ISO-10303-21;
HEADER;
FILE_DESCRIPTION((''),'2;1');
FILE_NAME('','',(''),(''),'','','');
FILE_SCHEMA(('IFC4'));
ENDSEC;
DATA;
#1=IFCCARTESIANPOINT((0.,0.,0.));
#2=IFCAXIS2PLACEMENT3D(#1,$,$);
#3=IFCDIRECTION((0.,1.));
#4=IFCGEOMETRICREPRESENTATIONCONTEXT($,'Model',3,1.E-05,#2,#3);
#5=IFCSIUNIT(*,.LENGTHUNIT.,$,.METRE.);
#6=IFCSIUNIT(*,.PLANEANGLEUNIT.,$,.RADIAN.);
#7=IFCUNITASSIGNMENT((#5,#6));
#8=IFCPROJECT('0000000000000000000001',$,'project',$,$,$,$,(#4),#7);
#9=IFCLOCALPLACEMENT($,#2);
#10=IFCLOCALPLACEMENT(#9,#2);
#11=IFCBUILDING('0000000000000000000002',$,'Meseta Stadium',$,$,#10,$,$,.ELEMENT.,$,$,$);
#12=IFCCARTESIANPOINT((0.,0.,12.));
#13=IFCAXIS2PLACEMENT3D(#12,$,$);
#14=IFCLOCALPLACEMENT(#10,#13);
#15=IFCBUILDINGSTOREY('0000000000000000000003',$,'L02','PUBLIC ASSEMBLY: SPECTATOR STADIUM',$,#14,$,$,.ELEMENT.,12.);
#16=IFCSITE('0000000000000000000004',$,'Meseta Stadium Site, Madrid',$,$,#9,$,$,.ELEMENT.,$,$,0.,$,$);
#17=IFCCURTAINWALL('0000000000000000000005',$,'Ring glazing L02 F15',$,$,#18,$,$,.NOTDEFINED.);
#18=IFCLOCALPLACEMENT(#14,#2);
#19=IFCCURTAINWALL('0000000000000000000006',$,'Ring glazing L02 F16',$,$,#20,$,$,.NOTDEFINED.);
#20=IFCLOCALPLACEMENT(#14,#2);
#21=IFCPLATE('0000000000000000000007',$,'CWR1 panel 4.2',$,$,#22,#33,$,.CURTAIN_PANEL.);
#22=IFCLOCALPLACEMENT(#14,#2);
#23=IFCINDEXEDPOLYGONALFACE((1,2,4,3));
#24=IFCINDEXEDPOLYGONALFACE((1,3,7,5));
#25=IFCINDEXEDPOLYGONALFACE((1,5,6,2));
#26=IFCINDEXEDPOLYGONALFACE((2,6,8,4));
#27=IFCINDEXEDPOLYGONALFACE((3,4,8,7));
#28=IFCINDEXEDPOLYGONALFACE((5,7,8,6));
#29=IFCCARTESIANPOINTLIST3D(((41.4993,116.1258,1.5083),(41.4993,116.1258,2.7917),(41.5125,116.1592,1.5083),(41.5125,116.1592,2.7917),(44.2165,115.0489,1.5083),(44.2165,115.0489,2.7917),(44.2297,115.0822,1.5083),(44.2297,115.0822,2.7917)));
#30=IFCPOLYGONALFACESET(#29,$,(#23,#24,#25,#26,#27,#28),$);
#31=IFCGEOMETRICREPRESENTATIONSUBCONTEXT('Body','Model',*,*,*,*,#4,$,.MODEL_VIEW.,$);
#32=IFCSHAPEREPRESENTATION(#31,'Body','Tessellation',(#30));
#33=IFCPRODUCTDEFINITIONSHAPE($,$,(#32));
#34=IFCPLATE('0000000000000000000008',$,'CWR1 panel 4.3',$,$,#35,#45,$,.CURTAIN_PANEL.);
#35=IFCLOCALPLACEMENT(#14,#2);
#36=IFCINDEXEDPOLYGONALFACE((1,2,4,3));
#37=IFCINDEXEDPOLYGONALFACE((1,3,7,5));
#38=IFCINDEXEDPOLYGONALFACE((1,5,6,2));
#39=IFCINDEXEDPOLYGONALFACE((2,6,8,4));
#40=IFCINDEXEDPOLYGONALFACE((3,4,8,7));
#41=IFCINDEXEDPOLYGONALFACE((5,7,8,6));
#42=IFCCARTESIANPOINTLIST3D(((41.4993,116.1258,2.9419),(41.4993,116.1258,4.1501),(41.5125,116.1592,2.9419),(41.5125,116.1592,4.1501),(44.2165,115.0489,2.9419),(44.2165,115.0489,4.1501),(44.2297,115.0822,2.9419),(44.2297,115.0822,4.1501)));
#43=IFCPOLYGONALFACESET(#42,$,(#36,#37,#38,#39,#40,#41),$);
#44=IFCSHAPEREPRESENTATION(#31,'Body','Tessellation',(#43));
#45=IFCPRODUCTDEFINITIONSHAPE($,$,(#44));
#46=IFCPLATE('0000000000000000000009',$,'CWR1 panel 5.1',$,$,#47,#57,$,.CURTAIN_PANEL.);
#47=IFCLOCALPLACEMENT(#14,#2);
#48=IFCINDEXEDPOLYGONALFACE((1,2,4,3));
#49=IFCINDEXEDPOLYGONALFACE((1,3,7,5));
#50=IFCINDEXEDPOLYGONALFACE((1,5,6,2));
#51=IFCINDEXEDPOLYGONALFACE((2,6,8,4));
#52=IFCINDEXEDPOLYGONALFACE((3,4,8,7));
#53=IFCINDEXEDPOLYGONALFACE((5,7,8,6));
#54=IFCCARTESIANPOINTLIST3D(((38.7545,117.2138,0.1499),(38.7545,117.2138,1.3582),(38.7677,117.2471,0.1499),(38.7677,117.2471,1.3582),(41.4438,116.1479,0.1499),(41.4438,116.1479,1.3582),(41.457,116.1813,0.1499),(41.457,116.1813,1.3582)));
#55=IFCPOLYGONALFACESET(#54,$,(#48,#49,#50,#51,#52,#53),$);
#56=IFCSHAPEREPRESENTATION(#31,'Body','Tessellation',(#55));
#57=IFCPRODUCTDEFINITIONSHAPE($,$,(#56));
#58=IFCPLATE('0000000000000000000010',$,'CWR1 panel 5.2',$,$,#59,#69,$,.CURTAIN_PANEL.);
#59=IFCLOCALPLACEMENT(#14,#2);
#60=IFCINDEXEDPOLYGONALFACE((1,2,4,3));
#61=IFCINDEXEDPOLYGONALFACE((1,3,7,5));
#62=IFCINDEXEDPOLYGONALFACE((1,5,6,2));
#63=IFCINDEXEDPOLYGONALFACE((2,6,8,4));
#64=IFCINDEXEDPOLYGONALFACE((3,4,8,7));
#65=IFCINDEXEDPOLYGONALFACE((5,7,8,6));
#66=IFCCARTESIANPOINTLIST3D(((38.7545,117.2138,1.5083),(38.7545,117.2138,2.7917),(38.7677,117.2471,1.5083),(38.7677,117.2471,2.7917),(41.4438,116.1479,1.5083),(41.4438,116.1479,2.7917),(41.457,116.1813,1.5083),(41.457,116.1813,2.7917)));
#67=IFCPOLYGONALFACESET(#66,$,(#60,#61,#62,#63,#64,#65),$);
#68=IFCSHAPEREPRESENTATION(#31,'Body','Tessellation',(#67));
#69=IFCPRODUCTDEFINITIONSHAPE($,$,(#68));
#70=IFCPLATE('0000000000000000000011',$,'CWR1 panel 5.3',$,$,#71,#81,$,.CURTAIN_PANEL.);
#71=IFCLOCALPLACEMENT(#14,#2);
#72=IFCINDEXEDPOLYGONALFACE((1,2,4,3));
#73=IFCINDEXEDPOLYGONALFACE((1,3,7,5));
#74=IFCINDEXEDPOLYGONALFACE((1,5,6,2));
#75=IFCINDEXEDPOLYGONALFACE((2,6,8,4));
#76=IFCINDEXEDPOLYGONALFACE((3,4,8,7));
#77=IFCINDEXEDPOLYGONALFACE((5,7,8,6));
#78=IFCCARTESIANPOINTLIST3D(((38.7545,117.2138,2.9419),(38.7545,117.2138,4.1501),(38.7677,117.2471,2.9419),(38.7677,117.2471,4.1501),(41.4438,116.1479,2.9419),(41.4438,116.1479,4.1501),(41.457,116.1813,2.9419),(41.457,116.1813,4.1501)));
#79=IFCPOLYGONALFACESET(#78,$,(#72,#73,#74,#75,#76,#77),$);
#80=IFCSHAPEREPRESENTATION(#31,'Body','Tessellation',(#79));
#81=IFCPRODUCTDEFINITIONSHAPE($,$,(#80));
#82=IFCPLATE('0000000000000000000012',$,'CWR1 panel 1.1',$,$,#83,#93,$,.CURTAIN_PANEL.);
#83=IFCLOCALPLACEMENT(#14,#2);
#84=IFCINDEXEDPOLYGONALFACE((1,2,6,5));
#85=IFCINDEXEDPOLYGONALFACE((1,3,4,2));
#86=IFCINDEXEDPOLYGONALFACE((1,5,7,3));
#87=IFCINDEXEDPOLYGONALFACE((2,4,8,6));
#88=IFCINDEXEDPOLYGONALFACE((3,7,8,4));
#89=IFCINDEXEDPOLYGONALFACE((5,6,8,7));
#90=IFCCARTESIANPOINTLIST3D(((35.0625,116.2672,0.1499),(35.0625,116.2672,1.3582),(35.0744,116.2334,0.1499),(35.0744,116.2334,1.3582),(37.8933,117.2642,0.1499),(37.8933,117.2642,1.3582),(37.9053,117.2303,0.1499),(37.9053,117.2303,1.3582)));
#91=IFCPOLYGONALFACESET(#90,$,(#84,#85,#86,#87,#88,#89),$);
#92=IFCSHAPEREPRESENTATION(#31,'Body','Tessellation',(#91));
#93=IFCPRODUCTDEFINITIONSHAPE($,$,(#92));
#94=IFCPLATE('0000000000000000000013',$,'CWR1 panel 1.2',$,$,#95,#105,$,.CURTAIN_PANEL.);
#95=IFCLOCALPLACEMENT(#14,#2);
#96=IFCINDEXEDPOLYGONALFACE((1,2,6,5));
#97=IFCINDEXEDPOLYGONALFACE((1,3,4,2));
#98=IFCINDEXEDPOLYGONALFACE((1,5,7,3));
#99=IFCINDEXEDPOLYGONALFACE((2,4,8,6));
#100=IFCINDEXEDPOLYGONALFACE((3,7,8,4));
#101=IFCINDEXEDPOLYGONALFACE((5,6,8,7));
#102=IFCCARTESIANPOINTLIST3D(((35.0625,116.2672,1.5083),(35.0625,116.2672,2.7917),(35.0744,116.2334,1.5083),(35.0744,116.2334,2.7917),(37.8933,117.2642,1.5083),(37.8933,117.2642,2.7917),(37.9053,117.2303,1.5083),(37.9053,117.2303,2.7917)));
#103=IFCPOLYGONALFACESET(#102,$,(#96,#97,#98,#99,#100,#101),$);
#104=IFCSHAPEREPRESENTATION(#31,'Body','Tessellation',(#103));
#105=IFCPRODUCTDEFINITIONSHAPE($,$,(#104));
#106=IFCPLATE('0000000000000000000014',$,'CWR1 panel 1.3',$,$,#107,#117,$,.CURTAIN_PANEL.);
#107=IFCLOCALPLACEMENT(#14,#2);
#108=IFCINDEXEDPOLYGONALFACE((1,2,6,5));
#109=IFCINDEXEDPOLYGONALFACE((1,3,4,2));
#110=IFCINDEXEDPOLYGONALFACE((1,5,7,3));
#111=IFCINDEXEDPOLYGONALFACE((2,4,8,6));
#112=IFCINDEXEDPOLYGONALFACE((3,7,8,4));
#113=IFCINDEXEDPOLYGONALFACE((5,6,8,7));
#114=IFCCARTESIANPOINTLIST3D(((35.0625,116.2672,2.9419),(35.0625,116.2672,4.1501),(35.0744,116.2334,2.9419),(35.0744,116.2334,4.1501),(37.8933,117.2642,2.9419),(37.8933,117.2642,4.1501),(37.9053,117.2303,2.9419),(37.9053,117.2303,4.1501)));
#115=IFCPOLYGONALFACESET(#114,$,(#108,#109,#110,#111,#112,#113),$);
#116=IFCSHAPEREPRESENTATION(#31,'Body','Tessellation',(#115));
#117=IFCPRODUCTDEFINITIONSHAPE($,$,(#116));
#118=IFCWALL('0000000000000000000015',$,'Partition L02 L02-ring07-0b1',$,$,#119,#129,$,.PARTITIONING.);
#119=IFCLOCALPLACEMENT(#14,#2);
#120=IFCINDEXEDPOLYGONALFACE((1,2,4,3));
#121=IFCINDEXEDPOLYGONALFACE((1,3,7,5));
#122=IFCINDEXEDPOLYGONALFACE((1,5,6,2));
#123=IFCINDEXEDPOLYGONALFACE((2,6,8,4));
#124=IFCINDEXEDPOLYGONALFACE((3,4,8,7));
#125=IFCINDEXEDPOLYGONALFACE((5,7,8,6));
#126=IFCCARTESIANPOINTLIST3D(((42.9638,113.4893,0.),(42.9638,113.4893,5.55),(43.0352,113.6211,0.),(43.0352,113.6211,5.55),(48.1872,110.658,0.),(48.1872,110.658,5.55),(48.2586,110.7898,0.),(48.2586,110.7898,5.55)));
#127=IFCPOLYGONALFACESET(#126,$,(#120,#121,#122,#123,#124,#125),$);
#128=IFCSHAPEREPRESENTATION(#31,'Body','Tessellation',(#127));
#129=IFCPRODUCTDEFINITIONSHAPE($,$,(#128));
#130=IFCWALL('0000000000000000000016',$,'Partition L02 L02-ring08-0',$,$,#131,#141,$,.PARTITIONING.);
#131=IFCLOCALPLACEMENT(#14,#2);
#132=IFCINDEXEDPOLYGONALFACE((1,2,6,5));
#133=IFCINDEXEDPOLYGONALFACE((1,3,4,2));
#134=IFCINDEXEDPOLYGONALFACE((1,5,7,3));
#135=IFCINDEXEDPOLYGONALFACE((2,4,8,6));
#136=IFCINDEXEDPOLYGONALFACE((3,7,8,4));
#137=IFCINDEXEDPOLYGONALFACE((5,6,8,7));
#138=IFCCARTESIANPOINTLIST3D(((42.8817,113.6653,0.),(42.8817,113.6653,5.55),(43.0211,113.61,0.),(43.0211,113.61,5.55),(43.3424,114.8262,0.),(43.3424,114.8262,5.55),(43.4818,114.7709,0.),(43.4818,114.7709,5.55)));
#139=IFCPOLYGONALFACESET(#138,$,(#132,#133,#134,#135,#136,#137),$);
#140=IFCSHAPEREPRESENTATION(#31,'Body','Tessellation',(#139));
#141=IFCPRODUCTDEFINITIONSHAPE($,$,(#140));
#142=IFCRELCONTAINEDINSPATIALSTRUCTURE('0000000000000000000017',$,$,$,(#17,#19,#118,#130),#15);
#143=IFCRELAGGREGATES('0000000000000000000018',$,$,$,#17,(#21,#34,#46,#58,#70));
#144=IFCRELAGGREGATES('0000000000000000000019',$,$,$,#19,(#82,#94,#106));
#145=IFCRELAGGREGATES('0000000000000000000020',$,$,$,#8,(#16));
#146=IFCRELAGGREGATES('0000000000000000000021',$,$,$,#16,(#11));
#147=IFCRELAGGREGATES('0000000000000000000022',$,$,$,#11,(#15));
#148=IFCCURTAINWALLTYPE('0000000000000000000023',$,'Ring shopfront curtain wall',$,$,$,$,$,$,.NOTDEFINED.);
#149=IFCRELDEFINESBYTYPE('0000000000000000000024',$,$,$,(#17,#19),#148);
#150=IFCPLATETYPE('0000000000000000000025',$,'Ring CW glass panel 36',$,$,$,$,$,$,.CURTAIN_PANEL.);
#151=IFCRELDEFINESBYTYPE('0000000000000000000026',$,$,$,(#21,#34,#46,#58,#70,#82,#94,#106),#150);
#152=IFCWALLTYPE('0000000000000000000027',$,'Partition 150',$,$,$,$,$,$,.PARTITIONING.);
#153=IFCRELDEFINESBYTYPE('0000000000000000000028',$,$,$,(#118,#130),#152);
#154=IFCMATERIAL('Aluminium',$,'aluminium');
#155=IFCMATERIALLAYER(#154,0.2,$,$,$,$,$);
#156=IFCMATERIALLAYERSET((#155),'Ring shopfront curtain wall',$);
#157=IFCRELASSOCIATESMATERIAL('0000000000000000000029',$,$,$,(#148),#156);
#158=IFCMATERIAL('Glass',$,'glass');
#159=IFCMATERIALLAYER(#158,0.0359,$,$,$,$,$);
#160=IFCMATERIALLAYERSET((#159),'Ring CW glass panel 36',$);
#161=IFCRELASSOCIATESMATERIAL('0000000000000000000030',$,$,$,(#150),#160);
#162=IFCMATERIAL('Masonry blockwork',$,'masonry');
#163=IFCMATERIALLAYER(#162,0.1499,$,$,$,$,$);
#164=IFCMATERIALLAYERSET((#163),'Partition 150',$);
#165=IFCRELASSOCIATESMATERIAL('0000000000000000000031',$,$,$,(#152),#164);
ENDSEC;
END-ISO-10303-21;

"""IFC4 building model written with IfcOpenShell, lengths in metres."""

from ifc_helpers import new_model, si_unit, direction, frame, frame_2d, origin, origin_2d, place, context, subcontext, project, spatial, rectangle, extrude, material, layer, layer_set, type_object, element, aggregate, save


model = new_model("IFC4")

# Units and contexts
model_context = context("Model", 3, precision=1e-05, world=origin(), true_north=direction((0.0, 1.0)))
body_context = subcontext(model_context, "Body", "Model", "MODEL_VIEW")
ifc_project = project(units=[si_unit("LENGTHUNIT", "METRE"), si_unit("PLANEANGLEUNIT", "RADIAN")], contexts=[model_context])

# Site, building, storey
site_placement = place(None, origin())
site = spatial("IfcSite", under=ifc_project, at=site_placement, Name="Meseta Stadium Site, Madrid", CompositionType="ELEMENT", RefElevation=0.0)
building_placement = place(site_placement, origin())
building = spatial("IfcBuilding", under=site, at=building_placement, Name="Meseta Stadium", CompositionType="ELEMENT")
storey_placement = place(building_placement, frame((0.0, 0.0, 12.0)))
storey = spatial("IfcBuildingStorey", under=building, at=storey_placement, Name="L02", Description="PUBLIC ASSEMBLY: SPECTATOR STADIUM", CompositionType="ELEMENT", Elevation=12.0)

# Curtain walls
ifc_material_1 = material(Name="Aluminium", Category="aluminium")
ifc_layer_1 = layer(ifc_material_1, 0.2)
ifc_layer_set_1 = layer_set([ifc_layer_1], Name="Ring shopfront curtain wall")
curtain_wall_type = type_object("IfcCurtainWallType", Name="Ring shopfront curtain wall", PredefinedType="NOTDEFINED", material=ifc_layer_set_1)
curtain_wall_1_placement = place(storey_placement, origin())
curtain_wall_1 = element("IfcCurtainWall", 1, at=curtain_wall_1_placement, inside=storey, type_object=curtain_wall_type, Name="Ring glazing L02 F15", PredefinedType="NOTDEFINED")
curtain_wall_2_placement = place(storey_placement, origin())
curtain_wall_2 = element("IfcCurtainWall", 2, at=curtain_wall_2_placement, inside=storey, type_object=curtain_wall_type, Name="Ring glazing L02 F16", PredefinedType="NOTDEFINED")

# Plates
ifc_material_2 = material(Name="Glass", Category="glass")
ifc_layer_2 = layer(ifc_material_2, 0.0359)
ifc_layer_set_2 = layer_set([ifc_layer_2], Name="Ring CW glass panel 36")
plate_type = type_object("IfcPlateType", Name="Ring CW glass panel 36", PredefinedType="CURTAIN_PANEL", material=ifc_layer_set_2)
plate_1_placement = place(storey_placement, frame((42.8645, 115.604, 1.5083), z_axis=(0.0, 0.0, 1.0), x_axis=(-0.929646, 0.368454, 0.0)))
plate_1 = element("IfcPlate", 3, at=plate_1_placement, type_object=plate_type, Name="CWR1 panel 4.2", PredefinedType="CURTAIN_PANEL", context=body_context, shape_type="SweptSolid", body=[
    extrude(rectangle(XDim=2.9229, YDim=0.0359, at=origin_2d()), origin(), (0.0, 0.0, 1.0), 1.2834),
])
plate_2_placement = place(storey_placement, frame((42.8645, 115.604, 2.9419), z_axis=(0.0, 0.0, 1.0), x_axis=(-0.929646, 0.368454, 0.0)))
plate_2 = element("IfcPlate", 4, at=plate_2_placement, type_object=plate_type, Name="CWR1 panel 4.3", PredefinedType="CURTAIN_PANEL", context=body_context, shape_type="SweptSolid", body=[
    extrude(rectangle(XDim=2.9229, YDim=0.0359, at=origin_2d()), origin(), (0.0, 0.0, 1.0), 1.2083),
])
plate_3_placement = place(storey_placement, frame((40.1057, 116.6975, 0.1499), z_axis=(0.0, 0.0, 1.0), x_axis=(-0.929646, 0.368454, 0.0)))
plate_3 = element("IfcPlate", 5, at=plate_3_placement, type_object=plate_type, Name="CWR1 panel 5.1", PredefinedType="CURTAIN_PANEL", context=body_context, shape_type="SweptSolid", body=[
    extrude(rectangle(XDim=2.8928, YDim=0.0359, at=origin_2d()), origin(), (0.0, 0.0, 1.0), 1.2083),
])
plate_4_placement = place(storey_placement, frame((40.1057, 116.6975, 1.5083), z_axis=(0.0, 0.0, 1.0), x_axis=(-0.929646, 0.368454, 0.0)))
plate_4 = element("IfcPlate", 6, at=plate_4_placement, type_object=plate_type, Name="CWR1 panel 5.2", PredefinedType="CURTAIN_PANEL", context=body_context, shape_type="SweptSolid", body=[
    extrude(rectangle(XDim=2.8928, YDim=0.0359, at=origin_2d()), origin(), (0.0, 0.0, 1.0), 1.2834),
])
plate_5_placement = place(storey_placement, frame((40.1057, 116.6975, 2.9419), z_axis=(0.0, 0.0, 1.0), x_axis=(-0.929646, 0.368454, 0.0)))
plate_5 = element("IfcPlate", 7, at=plate_5_placement, type_object=plate_type, Name="CWR1 panel 5.3", PredefinedType="CURTAIN_PANEL", context=body_context, shape_type="SweptSolid", body=[
    extrude(rectangle(XDim=2.8928, YDim=0.0359, at=origin_2d()), origin(), (0.0, 0.0, 1.0), 1.2083),
])
aggregate(curtain_wall_1, [plate_1, plate_2, plate_3, plate_4, plate_5])
plate_6_placement = place(storey_placement, frame((36.4839, 116.7488, 0.1499), z_axis=(0.0, 0.0, 1.0), x_axis=(-0.943218, -0.332174, 0.0)))
plate_6 = element("IfcPlate", 8, at=plate_6_placement, type_object=plate_type, Name="CWR1 panel 1.1", PredefinedType="CURTAIN_PANEL", context=body_context, shape_type="SweptSolid", body=[
    extrude(rectangle(XDim=3.0012, YDim=0.0359, at=origin_2d()), origin(), (0.0, 0.0, 1.0), 1.2083),
])
plate_7_placement = place(storey_placement, frame((36.4839, 116.7488, 1.5083), z_axis=(0.0, 0.0, 1.0), x_axis=(-0.943218, -0.332174, 0.0)))
plate_7 = element("IfcPlate", 9, at=plate_7_placement, type_object=plate_type, Name="CWR1 panel 1.2", PredefinedType="CURTAIN_PANEL", context=body_context, shape_type="SweptSolid", body=[
    extrude(rectangle(XDim=3.0012, YDim=0.0359, at=origin_2d()), origin(), (0.0, 0.0, 1.0), 1.2834),
])
plate_8_placement = place(storey_placement, frame((36.4839, 116.7488, 2.9419), z_axis=(0.0, 0.0, 1.0), x_axis=(-0.943218, -0.332174, 0.0)))
plate_8 = element("IfcPlate", 10, at=plate_8_placement, type_object=plate_type, Name="CWR1 panel 1.3", PredefinedType="CURTAIN_PANEL", context=body_context, shape_type="SweptSolid", body=[
    extrude(rectangle(XDim=3.0012, YDim=0.0359, at=origin_2d()), origin(), (0.0, 0.0, 1.0), 1.2083),
])
aggregate(curtain_wall_2, [plate_6, plate_7, plate_8])

# Walls
ifc_material_3 = material(Name="Masonry blockwork", Category="masonry")
ifc_layer_3 = layer(ifc_material_3, 0.1499)
ifc_layer_set_3 = layer_set([ifc_layer_3], Name="Partition 150")
wall_type = type_object("IfcWallType", Name="Partition 150", PredefinedType="PARTITIONING", material=ifc_layer_set_3)
wall_1_placement = place(storey_placement, frame((42.9995, 113.5552, 0.0), z_axis=(0.0, 0.0, 1.0), x_axis=(0.879154, -0.476539, 0.0)))
element("IfcWall", 11, at=wall_1_placement, inside=storey, type_object=wall_type, Name="Partition L02 L02-ring07-0b1", PredefinedType="PARTITIONING", context=body_context, shape_type="SweptSolid", body=[
    extrude(rectangle(XDim=5.9414, YDim=0.1499, at=frame_2d((2.9707, 0.0))), origin(), (0.0, 0.0, 1.0), 5.55),
])
wall_2_placement = place(storey_placement, frame((43.4121, 114.7986, 0.0), z_axis=(0.0, 0.0, 1.0), x_axis=(-0.368862, -0.929484, 0.0)))
element("IfcWall", 12, at=wall_2_placement, inside=storey, type_object=wall_type, Name="Partition L02 L02-ring08-0", PredefinedType="PARTITIONING", context=body_context, shape_type="SweptSolid", body=[
    extrude(rectangle(XDim=1.249, YDim=0.1499, at=frame_2d((0.6245, 0.0))), origin(), (0.0, 0.0, 1.0), 5.55),
])

save(model, "model.ifc")
